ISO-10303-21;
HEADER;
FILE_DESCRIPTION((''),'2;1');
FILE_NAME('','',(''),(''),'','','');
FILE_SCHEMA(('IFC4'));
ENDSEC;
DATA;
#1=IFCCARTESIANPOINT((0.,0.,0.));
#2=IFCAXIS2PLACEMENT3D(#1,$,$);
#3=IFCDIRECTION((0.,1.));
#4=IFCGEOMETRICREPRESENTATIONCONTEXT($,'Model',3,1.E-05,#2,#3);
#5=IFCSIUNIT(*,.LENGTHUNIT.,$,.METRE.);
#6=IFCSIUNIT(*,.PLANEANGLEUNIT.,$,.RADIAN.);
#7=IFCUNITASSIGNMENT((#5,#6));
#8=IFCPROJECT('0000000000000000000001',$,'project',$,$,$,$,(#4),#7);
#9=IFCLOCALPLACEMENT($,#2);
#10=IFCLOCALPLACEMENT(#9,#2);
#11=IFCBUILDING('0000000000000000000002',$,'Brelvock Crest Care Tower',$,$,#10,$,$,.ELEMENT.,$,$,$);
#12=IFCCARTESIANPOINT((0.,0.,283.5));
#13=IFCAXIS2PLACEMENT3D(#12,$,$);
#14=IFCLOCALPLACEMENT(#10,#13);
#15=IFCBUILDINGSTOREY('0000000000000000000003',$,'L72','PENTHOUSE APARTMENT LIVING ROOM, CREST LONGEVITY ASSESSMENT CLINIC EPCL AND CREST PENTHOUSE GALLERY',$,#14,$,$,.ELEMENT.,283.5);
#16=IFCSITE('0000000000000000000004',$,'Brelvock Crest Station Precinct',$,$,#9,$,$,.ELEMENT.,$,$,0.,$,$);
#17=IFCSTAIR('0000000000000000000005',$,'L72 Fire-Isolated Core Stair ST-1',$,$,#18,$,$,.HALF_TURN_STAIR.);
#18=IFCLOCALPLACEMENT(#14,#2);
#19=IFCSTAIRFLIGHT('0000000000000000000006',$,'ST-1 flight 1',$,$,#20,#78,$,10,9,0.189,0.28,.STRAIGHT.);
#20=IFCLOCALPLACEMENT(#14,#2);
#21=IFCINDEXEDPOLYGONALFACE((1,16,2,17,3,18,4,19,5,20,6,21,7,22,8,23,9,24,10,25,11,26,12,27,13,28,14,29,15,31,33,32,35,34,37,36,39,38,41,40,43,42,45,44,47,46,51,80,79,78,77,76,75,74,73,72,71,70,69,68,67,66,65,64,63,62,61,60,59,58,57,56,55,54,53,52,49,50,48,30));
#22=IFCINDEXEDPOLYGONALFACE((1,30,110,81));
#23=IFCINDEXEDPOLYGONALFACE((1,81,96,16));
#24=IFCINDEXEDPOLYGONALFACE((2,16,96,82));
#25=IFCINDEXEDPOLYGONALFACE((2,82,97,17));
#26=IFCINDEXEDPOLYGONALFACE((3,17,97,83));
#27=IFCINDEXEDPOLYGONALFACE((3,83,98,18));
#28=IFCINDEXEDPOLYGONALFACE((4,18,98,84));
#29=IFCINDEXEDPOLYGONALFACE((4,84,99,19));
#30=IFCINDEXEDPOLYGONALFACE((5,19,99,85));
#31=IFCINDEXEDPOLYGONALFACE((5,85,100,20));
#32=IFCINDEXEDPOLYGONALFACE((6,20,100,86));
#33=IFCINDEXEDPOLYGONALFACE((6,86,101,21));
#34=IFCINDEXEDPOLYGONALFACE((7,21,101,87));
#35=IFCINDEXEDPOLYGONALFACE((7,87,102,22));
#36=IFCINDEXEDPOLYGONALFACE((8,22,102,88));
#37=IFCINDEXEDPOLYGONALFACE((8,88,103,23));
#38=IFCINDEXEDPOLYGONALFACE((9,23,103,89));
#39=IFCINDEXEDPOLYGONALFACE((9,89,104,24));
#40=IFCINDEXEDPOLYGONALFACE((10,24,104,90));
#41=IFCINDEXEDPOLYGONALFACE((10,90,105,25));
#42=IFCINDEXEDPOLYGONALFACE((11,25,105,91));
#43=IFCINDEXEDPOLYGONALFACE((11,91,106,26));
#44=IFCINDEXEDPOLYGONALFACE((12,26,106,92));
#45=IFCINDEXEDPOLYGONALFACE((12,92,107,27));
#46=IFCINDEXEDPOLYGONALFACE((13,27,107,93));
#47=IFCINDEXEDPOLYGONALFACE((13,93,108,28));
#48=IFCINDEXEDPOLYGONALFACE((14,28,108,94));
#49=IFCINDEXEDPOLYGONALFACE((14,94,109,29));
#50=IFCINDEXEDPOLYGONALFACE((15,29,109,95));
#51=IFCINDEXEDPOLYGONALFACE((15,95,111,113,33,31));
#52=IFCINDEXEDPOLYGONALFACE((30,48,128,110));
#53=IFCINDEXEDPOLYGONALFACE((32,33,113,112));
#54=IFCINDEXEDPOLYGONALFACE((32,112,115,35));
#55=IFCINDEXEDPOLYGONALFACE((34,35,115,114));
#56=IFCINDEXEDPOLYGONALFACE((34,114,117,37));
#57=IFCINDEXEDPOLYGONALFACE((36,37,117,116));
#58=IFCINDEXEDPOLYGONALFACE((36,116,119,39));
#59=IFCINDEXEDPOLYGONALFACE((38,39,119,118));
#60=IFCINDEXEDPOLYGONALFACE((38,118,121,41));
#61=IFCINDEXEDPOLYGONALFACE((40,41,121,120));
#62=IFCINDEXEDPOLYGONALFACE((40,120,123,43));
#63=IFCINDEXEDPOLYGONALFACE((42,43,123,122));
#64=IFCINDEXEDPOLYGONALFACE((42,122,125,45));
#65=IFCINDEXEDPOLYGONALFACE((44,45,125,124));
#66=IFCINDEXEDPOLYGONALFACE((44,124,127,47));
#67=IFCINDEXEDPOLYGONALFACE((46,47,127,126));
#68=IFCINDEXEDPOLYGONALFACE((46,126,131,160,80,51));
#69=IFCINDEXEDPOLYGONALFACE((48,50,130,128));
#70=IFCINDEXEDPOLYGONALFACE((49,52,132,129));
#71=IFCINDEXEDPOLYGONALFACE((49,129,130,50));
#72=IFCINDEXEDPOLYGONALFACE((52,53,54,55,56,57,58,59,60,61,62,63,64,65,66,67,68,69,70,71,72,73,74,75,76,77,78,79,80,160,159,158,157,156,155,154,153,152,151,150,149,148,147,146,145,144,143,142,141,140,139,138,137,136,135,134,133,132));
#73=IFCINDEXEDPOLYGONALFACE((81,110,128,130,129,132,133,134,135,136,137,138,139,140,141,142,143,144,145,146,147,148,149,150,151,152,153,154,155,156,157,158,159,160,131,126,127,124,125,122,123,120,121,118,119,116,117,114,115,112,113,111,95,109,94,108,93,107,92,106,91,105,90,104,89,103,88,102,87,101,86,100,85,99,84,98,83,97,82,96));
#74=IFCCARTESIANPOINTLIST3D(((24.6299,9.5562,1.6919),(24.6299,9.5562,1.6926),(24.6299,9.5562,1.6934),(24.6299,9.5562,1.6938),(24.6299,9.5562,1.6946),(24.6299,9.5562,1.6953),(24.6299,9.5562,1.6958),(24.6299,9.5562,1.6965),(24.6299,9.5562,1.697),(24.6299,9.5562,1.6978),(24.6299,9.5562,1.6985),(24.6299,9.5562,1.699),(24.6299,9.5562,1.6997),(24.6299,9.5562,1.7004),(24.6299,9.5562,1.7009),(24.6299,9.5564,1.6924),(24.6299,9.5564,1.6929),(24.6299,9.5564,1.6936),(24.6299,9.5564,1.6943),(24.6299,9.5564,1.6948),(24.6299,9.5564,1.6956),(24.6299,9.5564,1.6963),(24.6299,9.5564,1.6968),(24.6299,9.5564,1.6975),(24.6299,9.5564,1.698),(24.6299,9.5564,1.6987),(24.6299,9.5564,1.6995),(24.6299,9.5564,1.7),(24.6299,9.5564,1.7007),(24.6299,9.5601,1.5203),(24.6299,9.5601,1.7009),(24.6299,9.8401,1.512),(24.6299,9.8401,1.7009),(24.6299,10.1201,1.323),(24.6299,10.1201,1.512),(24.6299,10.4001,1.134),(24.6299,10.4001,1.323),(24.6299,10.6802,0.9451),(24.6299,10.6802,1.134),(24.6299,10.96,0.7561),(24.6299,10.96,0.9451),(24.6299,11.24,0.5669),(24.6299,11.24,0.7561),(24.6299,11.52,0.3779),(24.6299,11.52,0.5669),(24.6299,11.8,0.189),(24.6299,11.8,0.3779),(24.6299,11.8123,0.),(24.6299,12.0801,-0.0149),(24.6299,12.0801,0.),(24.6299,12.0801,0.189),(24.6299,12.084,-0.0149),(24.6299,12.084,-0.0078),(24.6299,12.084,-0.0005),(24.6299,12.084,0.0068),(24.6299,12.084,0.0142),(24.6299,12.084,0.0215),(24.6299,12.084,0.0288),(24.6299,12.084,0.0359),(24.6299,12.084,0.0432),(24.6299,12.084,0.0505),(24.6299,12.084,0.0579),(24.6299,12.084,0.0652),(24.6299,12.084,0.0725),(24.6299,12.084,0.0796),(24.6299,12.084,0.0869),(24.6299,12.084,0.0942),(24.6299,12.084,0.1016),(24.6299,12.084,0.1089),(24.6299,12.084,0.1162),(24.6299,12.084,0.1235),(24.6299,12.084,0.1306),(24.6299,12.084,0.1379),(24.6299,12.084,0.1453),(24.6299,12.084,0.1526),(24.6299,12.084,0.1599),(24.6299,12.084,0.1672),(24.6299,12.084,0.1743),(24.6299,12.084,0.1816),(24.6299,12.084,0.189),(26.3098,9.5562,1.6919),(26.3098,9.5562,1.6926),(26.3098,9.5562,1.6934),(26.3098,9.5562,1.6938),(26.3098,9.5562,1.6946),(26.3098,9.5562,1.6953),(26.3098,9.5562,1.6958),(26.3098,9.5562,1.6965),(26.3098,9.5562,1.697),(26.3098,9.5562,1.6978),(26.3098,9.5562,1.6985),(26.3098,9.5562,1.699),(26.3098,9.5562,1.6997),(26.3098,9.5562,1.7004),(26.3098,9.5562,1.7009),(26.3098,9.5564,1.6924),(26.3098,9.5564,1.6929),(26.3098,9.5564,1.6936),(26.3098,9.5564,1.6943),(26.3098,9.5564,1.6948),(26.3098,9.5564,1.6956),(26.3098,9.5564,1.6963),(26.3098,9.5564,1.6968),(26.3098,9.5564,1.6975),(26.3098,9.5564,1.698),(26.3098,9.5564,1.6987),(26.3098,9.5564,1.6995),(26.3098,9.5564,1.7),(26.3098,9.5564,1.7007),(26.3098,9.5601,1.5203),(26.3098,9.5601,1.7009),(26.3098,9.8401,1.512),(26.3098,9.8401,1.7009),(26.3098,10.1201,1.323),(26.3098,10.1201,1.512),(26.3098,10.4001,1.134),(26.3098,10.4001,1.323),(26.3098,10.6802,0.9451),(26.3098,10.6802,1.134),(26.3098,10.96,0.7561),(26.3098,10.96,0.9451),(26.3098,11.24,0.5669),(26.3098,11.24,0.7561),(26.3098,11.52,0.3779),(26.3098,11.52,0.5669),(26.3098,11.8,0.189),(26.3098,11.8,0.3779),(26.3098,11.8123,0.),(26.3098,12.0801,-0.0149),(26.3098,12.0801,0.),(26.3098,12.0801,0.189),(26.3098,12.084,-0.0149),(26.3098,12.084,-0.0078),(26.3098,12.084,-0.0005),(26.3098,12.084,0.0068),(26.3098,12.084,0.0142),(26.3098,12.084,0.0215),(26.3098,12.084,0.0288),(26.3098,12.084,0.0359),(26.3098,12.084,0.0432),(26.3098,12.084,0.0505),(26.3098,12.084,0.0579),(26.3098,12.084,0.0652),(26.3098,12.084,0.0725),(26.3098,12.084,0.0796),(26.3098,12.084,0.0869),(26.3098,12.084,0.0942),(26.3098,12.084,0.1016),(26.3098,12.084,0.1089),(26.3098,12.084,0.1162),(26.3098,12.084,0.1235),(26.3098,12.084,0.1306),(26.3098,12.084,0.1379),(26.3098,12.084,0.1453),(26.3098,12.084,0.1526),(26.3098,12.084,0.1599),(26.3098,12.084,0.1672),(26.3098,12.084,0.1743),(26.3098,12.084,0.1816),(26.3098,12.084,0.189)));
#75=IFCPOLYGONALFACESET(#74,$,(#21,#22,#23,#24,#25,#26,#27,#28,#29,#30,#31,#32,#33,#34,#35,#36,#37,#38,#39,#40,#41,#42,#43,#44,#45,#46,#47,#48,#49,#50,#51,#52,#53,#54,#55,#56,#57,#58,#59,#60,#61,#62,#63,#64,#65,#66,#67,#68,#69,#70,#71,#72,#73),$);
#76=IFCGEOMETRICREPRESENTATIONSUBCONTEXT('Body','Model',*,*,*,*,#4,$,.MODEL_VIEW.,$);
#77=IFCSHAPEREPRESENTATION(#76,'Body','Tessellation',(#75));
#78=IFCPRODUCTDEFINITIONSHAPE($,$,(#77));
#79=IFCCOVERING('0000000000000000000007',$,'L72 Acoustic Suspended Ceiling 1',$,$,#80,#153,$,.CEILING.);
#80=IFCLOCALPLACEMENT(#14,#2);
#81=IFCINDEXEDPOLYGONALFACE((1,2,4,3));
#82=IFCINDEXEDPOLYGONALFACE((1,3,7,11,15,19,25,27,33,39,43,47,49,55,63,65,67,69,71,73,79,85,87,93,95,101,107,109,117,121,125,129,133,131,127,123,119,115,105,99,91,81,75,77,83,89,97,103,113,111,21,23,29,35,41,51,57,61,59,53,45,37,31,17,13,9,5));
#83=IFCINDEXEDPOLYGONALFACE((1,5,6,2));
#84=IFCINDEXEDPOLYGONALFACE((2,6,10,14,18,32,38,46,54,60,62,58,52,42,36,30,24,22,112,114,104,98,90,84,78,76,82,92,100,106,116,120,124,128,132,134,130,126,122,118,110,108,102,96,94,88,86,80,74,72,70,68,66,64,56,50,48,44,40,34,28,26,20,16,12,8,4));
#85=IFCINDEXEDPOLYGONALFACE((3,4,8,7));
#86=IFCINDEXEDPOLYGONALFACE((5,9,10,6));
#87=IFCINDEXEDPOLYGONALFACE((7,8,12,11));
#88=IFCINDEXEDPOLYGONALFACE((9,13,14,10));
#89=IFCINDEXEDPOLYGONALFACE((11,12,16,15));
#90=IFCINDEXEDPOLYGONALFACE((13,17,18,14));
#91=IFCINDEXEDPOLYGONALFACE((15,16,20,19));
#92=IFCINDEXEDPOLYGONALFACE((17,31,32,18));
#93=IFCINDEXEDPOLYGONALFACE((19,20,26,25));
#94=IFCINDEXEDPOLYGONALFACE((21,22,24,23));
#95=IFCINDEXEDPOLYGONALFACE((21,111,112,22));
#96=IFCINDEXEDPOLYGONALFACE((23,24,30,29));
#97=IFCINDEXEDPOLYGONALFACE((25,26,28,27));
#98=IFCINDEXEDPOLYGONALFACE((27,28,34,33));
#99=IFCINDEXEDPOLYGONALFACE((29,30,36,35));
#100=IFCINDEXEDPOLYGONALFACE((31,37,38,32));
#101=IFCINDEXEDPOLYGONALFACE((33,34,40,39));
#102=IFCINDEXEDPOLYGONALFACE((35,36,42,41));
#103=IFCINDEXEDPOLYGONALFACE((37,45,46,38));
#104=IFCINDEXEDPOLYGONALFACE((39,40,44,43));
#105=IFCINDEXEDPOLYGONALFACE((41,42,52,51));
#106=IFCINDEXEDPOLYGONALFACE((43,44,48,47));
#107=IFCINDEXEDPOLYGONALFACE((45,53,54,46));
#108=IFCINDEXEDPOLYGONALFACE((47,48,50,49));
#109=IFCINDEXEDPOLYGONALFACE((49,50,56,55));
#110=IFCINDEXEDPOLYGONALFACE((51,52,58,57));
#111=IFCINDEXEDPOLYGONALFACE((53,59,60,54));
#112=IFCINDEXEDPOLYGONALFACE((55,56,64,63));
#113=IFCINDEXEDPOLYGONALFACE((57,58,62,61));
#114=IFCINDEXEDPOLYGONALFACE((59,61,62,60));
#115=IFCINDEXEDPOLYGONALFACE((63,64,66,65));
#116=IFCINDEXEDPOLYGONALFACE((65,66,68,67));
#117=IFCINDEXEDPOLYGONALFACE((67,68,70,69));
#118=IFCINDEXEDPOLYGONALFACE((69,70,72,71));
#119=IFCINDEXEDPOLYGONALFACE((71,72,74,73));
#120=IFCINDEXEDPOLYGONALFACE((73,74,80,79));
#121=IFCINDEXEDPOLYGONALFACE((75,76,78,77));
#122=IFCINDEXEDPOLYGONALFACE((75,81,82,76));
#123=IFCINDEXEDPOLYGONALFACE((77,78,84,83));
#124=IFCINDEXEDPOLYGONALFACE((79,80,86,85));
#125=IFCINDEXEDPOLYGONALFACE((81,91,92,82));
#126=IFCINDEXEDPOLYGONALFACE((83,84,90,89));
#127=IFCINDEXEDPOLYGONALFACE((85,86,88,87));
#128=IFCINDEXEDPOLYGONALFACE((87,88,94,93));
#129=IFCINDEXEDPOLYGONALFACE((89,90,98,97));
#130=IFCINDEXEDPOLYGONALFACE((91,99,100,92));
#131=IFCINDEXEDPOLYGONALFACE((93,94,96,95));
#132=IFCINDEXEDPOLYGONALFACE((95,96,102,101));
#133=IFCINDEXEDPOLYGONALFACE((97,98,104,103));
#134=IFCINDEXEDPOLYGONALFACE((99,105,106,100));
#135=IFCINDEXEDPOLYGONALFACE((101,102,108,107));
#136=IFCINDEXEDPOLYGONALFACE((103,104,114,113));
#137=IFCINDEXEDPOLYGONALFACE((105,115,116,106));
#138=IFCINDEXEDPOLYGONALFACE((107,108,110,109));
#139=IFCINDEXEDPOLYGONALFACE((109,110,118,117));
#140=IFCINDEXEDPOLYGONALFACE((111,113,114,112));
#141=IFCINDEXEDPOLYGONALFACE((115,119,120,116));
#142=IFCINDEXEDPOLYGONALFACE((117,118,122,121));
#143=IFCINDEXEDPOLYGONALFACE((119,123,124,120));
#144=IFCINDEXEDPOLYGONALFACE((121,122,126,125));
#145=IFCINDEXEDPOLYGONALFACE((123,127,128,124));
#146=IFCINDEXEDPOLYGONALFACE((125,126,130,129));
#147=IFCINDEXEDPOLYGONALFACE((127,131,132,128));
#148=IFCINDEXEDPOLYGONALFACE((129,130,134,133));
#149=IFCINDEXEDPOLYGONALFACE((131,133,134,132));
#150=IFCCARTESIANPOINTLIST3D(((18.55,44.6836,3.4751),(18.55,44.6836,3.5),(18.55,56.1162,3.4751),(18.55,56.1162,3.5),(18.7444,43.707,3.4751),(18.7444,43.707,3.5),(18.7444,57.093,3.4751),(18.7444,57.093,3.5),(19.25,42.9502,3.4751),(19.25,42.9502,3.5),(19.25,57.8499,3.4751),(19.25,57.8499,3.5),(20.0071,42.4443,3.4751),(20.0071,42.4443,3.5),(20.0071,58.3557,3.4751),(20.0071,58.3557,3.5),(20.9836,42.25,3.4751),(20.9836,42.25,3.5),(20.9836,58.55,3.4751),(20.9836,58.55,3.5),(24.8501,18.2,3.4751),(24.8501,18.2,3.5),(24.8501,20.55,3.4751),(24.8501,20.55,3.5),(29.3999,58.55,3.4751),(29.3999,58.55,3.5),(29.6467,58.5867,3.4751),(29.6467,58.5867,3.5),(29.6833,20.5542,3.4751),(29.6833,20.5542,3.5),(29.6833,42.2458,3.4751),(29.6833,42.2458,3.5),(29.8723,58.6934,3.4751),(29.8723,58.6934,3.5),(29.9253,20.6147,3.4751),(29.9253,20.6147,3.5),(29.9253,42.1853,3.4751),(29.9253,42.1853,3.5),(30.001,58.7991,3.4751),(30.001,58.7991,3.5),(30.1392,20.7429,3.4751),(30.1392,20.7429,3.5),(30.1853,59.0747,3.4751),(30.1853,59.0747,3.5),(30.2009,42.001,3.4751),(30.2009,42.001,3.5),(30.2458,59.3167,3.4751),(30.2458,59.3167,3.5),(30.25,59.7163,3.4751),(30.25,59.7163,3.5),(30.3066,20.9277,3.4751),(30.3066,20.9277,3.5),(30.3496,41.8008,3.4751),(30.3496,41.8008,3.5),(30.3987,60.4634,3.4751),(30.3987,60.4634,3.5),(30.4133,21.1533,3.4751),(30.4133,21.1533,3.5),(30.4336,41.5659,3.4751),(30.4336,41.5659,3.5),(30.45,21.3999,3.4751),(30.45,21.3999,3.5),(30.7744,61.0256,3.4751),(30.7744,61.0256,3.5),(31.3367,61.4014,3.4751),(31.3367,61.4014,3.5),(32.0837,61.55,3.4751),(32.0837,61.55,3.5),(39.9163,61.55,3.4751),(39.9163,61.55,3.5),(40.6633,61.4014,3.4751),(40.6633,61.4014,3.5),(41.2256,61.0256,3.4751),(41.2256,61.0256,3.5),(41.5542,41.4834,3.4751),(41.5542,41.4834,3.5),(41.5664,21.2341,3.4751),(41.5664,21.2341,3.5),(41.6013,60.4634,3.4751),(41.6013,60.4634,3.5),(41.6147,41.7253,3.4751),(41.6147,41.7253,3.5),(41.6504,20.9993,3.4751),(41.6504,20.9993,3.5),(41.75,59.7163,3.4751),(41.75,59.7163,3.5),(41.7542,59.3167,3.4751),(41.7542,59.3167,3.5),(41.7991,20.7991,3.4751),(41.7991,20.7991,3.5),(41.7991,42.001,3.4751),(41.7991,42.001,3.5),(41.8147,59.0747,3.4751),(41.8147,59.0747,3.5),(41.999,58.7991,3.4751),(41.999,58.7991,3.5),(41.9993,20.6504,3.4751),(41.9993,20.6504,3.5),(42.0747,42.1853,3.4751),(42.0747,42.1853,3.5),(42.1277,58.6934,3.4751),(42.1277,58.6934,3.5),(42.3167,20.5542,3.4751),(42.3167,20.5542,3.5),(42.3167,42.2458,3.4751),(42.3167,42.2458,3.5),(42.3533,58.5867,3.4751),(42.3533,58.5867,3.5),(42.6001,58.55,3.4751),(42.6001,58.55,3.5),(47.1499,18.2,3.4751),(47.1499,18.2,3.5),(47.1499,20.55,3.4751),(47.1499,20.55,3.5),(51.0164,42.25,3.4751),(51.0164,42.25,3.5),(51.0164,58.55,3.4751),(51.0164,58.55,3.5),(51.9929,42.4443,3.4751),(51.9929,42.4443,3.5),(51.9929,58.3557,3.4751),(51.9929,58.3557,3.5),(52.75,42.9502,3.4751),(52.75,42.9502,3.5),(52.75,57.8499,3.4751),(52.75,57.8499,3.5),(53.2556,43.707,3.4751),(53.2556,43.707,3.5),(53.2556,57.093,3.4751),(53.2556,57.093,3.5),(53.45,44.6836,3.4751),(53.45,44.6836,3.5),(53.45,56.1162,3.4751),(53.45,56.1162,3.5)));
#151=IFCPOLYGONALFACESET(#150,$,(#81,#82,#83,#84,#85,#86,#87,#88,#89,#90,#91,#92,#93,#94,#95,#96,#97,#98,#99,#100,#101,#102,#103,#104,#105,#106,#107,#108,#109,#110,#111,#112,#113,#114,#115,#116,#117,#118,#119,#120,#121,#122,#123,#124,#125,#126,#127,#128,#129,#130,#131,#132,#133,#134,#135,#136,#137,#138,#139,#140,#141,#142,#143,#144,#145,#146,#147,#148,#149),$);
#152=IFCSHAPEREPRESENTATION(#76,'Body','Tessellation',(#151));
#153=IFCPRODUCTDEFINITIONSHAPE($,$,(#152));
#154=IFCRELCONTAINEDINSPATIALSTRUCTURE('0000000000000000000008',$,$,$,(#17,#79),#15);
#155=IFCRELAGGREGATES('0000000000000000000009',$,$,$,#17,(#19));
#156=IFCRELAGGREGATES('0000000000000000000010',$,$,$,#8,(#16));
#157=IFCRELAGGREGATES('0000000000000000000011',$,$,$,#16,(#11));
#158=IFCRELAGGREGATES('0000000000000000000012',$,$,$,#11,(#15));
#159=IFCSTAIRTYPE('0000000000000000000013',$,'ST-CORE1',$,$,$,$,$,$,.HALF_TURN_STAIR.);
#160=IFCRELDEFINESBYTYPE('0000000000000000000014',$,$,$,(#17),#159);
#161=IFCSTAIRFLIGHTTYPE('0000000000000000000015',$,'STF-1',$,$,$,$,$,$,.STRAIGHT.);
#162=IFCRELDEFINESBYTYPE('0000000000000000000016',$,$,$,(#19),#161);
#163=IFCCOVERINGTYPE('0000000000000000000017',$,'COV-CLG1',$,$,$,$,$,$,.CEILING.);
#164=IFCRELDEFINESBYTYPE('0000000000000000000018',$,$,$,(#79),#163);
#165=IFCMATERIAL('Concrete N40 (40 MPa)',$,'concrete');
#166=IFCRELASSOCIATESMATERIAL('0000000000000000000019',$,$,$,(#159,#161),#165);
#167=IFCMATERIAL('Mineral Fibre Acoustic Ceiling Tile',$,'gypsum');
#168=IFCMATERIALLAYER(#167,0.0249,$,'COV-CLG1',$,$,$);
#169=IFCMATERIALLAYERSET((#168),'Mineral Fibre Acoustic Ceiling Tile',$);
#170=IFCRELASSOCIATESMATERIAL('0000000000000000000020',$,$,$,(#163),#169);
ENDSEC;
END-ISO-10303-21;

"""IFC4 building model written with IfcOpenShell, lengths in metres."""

from ifc_helpers import new_model, si_unit, direction, frame, origin, place, context, subcontext, project, spatial, polyline, outline, extrude, material, layer, layer_set, type_object, element, aggregate, save


model = new_model("IFC4")

# Units and contexts
model_context = context("Model", 3, precision=1e-05, world=origin(), true_north=direction((0.0, 1.0)))
body_context = subcontext(model_context, "Body", "Model", "MODEL_VIEW")
ifc_project = project(units=[si_unit("LENGTHUNIT", "METRE"), si_unit("PLANEANGLEUNIT", "RADIAN")], contexts=[model_context])

# Site, building, storey
site_placement = place(None, origin())
site = spatial("IfcSite", under=ifc_project, at=site_placement, Name="Brelvock Crest Station Precinct", CompositionType="ELEMENT", RefElevation=0.0)
building_placement = place(site_placement, origin())
building = spatial("IfcBuilding", under=site, at=building_placement, Name="Brelvock Crest Care Tower", CompositionType="ELEMENT")
storey_placement = place(building_placement, frame((0.0, 0.0, 283.5)))
storey = spatial("IfcBuildingStorey", under=building, at=storey_placement, Name="L72", Description="PENTHOUSE APARTMENT LIVING ROOM, CREST LONGEVITY ASSESSMENT CLINIC EPCL AND CREST PENTHOUSE GALLERY", CompositionType="ELEMENT", Elevation=283.5)

# Stair
ifc_material_1 = material(Name="Concrete N40 (40 MPa)", Category="concrete")
stair_type = type_object("IfcStairType", Name="ST-CORE1", PredefinedType="HALF_TURN_STAIR", material=ifc_material_1)
stair_1_placement = place(storey_placement, origin())
stair_1 = element("IfcStair", 1, at=stair_1_placement, inside=storey, type_object=stair_type, Name="L72 Fire-Isolated Core Stair ST-1", PredefinedType="HALF_TURN_STAIR")

# Stair flight
stair_flight_type = type_object("IfcStairFlightType", Name="STF-1", PredefinedType="STRAIGHT", material=ifc_material_1)
stair_flight_placement = place(storey_placement, frame((25.47, 12.0801, 0.0), z_axis=(0.0, 0.0, 1.0), x_axis=(0.0, -1.0, 0.0)))
stair_flight = element("IfcStairFlight", 2, at=stair_flight_placement, type_object=stair_flight_type, Name="ST-1 flight 1", NumberOfRisers=10, NumberOfTreads=9, PredefinedType="STRAIGHT", RiserHeight=0.189, TreadLength=0.28, context=body_context, shape_type="SweptSolid", body=[
    extrude(outline(polyline([(-0.0039, -0.0149), (-0.0039, -0.0078), (-0.0039, -0.0005), (-0.0039, 0.0068), (-0.0039, 0.0142), (-0.0039, 0.0215), (-0.0039, 0.0288), (-0.0039, 0.0359), (-0.0039, 0.0432), (-0.0039, 0.0505), (-0.0039, 0.0579), (-0.0039, 0.0652), (-0.0039, 0.0725), (-0.0039, 0.0796), (-0.0039, 0.0869), (-0.0039, 0.0942), (-0.0039, 0.1016), (-0.0039, 0.1089), (-0.0039, 0.1162), (-0.0039, 0.1235), (-0.0039, 0.1306), (-0.0039, 0.1379), (-0.0039, 0.1453), (-0.0039, 0.1526), (-0.0039, 0.1599), (-0.0039, 0.1672), (-0.0039, 0.1743), (-0.0039, 0.1816), (-0.0039, 0.189), (0.0, 0.189), (0.28, 0.189), (0.28, 0.3779), (0.5601, 0.3779), (0.5601, 0.5669), (0.8401, 0.5669), (0.8401, 0.7561), (1.1201, 0.7561), (1.1201, 0.9451), (1.3999, 0.9451), (1.3999, 1.134), (1.6799, 1.134), (1.6799, 1.323), (1.96, 1.323), (1.96, 1.512), (2.24, 1.512), (2.24, 1.7009), (2.52, 1.7009), (2.5239, 1.7009), (2.5237, 1.7007), (2.5239, 1.7004), (2.5237, 1.7), (2.5239, 1.6997), (2.5237, 1.6995), (2.5239, 1.699), (2.5237, 1.6987), (2.5239, 1.6985), (2.5237, 1.698), (2.5239, 1.6978), (2.5237, 1.6975), (2.5239, 1.697), (2.5237, 1.6968), (2.5239, 1.6965), (2.5237, 1.6963), (2.5239, 1.6958), (2.5237, 1.6956), (2.5239, 1.6953), (2.5237, 1.6948), (2.5239, 1.6946), (2.5237, 1.6943), (2.5239, 1.6938), (2.5237, 1.6936), (2.5239, 1.6934), (2.5237, 1.6929), (2.5239, 1.6926), (2.5237, 1.6924), (2.5239, 1.6919), (2.52, 1.5203), (0.2678, 0.0), (0.0, 0.0), (0.0, -0.0149), (-0.0039, -0.0149)])), frame((0.0, 0.8398, 0.0), z_axis=(0.0, -1.0, 0.0), x_axis=(1.0, 0.0, 0.0)), (0.0, 0.0, 1.0), 1.6799),
])
aggregate(stair_1, [stair_flight])

# Covering
ifc_material_2 = material(Name="Mineral Fibre Acoustic Ceiling Tile", Category="gypsum")
ifc_layer_1 = layer(ifc_material_2, 0.0249, Name="COV-CLG1")
ifc_layer_set_1 = layer_set([ifc_layer_1], Name="Mineral Fibre Acoustic Ceiling Tile")
covering_type_1 = type_object("IfcCoveringType", Name="COV-CLG1", PredefinedType="CEILING", material=ifc_layer_set_1)
covering_1_placement = place(storey_placement, frame((0.0, 0.0, 3.4751)))
element("IfcCovering", 3, at=covering_1_placement, inside=storey, type_object=covering_type_1, Name="L72 Acoustic Suspended Ceiling 1", PredefinedType="CEILING", context=body_context, shape_type="SweptSolid", body=[
    extrude(outline(polyline([(24.8501, 18.2), (47.1499, 18.2), (47.1499, 20.55), (42.3167, 20.5542), (41.9993, 20.6504), (41.7991, 20.7991), (41.6504, 20.9993), (41.5664, 21.2341), (41.5542, 41.4834), (41.6147, 41.7253), (41.7991, 42.001), (42.0747, 42.1853), (42.3167, 42.2458), (51.0164, 42.25), (51.9929, 42.4443), (52.75, 42.9502), (53.2556, 43.707), (53.45, 44.6836), (53.45, 56.1162), (53.2556, 57.093), (52.75, 57.8499), (51.9929, 58.3557), (51.0164, 58.55), (42.6001, 58.55), (42.3533, 58.5867), (42.1277, 58.6934), (41.999, 58.7991), (41.8147, 59.0747), (41.7542, 59.3167), (41.75, 59.7163), (41.6013, 60.4634), (41.2256, 61.0256), (40.6633, 61.4014), (39.9163, 61.55), (32.0837, 61.55), (31.3367, 61.4014), (30.7744, 61.0256), (30.3987, 60.4634), (30.25, 59.7163), (30.2458, 59.3167), (30.1853, 59.0747), (30.001, 58.7991), (29.8723, 58.6934), (29.6467, 58.5867), (29.3999, 58.55), (20.9836, 58.55), (20.0071, 58.3557), (19.25, 57.8499), (18.7444, 57.093), (18.55, 56.1162), (18.55, 44.6836), (18.7444, 43.707), (19.25, 42.9502), (20.0071, 42.4443), (20.9836, 42.25), (29.6833, 42.2458), (29.9253, 42.1853), (30.2009, 42.001), (30.3496, 41.8008), (30.4336, 41.5659), (30.45, 21.3999), (30.4133, 21.1533), (30.3066, 20.9277), (30.1392, 20.7429), (29.9253, 20.6147), (29.6833, 20.5542), (24.8501, 20.55), (24.8501, 18.2)])), origin(), (0.0, 0.0, 1.0), 0.0249),
])

save(model, "model.ifc")
